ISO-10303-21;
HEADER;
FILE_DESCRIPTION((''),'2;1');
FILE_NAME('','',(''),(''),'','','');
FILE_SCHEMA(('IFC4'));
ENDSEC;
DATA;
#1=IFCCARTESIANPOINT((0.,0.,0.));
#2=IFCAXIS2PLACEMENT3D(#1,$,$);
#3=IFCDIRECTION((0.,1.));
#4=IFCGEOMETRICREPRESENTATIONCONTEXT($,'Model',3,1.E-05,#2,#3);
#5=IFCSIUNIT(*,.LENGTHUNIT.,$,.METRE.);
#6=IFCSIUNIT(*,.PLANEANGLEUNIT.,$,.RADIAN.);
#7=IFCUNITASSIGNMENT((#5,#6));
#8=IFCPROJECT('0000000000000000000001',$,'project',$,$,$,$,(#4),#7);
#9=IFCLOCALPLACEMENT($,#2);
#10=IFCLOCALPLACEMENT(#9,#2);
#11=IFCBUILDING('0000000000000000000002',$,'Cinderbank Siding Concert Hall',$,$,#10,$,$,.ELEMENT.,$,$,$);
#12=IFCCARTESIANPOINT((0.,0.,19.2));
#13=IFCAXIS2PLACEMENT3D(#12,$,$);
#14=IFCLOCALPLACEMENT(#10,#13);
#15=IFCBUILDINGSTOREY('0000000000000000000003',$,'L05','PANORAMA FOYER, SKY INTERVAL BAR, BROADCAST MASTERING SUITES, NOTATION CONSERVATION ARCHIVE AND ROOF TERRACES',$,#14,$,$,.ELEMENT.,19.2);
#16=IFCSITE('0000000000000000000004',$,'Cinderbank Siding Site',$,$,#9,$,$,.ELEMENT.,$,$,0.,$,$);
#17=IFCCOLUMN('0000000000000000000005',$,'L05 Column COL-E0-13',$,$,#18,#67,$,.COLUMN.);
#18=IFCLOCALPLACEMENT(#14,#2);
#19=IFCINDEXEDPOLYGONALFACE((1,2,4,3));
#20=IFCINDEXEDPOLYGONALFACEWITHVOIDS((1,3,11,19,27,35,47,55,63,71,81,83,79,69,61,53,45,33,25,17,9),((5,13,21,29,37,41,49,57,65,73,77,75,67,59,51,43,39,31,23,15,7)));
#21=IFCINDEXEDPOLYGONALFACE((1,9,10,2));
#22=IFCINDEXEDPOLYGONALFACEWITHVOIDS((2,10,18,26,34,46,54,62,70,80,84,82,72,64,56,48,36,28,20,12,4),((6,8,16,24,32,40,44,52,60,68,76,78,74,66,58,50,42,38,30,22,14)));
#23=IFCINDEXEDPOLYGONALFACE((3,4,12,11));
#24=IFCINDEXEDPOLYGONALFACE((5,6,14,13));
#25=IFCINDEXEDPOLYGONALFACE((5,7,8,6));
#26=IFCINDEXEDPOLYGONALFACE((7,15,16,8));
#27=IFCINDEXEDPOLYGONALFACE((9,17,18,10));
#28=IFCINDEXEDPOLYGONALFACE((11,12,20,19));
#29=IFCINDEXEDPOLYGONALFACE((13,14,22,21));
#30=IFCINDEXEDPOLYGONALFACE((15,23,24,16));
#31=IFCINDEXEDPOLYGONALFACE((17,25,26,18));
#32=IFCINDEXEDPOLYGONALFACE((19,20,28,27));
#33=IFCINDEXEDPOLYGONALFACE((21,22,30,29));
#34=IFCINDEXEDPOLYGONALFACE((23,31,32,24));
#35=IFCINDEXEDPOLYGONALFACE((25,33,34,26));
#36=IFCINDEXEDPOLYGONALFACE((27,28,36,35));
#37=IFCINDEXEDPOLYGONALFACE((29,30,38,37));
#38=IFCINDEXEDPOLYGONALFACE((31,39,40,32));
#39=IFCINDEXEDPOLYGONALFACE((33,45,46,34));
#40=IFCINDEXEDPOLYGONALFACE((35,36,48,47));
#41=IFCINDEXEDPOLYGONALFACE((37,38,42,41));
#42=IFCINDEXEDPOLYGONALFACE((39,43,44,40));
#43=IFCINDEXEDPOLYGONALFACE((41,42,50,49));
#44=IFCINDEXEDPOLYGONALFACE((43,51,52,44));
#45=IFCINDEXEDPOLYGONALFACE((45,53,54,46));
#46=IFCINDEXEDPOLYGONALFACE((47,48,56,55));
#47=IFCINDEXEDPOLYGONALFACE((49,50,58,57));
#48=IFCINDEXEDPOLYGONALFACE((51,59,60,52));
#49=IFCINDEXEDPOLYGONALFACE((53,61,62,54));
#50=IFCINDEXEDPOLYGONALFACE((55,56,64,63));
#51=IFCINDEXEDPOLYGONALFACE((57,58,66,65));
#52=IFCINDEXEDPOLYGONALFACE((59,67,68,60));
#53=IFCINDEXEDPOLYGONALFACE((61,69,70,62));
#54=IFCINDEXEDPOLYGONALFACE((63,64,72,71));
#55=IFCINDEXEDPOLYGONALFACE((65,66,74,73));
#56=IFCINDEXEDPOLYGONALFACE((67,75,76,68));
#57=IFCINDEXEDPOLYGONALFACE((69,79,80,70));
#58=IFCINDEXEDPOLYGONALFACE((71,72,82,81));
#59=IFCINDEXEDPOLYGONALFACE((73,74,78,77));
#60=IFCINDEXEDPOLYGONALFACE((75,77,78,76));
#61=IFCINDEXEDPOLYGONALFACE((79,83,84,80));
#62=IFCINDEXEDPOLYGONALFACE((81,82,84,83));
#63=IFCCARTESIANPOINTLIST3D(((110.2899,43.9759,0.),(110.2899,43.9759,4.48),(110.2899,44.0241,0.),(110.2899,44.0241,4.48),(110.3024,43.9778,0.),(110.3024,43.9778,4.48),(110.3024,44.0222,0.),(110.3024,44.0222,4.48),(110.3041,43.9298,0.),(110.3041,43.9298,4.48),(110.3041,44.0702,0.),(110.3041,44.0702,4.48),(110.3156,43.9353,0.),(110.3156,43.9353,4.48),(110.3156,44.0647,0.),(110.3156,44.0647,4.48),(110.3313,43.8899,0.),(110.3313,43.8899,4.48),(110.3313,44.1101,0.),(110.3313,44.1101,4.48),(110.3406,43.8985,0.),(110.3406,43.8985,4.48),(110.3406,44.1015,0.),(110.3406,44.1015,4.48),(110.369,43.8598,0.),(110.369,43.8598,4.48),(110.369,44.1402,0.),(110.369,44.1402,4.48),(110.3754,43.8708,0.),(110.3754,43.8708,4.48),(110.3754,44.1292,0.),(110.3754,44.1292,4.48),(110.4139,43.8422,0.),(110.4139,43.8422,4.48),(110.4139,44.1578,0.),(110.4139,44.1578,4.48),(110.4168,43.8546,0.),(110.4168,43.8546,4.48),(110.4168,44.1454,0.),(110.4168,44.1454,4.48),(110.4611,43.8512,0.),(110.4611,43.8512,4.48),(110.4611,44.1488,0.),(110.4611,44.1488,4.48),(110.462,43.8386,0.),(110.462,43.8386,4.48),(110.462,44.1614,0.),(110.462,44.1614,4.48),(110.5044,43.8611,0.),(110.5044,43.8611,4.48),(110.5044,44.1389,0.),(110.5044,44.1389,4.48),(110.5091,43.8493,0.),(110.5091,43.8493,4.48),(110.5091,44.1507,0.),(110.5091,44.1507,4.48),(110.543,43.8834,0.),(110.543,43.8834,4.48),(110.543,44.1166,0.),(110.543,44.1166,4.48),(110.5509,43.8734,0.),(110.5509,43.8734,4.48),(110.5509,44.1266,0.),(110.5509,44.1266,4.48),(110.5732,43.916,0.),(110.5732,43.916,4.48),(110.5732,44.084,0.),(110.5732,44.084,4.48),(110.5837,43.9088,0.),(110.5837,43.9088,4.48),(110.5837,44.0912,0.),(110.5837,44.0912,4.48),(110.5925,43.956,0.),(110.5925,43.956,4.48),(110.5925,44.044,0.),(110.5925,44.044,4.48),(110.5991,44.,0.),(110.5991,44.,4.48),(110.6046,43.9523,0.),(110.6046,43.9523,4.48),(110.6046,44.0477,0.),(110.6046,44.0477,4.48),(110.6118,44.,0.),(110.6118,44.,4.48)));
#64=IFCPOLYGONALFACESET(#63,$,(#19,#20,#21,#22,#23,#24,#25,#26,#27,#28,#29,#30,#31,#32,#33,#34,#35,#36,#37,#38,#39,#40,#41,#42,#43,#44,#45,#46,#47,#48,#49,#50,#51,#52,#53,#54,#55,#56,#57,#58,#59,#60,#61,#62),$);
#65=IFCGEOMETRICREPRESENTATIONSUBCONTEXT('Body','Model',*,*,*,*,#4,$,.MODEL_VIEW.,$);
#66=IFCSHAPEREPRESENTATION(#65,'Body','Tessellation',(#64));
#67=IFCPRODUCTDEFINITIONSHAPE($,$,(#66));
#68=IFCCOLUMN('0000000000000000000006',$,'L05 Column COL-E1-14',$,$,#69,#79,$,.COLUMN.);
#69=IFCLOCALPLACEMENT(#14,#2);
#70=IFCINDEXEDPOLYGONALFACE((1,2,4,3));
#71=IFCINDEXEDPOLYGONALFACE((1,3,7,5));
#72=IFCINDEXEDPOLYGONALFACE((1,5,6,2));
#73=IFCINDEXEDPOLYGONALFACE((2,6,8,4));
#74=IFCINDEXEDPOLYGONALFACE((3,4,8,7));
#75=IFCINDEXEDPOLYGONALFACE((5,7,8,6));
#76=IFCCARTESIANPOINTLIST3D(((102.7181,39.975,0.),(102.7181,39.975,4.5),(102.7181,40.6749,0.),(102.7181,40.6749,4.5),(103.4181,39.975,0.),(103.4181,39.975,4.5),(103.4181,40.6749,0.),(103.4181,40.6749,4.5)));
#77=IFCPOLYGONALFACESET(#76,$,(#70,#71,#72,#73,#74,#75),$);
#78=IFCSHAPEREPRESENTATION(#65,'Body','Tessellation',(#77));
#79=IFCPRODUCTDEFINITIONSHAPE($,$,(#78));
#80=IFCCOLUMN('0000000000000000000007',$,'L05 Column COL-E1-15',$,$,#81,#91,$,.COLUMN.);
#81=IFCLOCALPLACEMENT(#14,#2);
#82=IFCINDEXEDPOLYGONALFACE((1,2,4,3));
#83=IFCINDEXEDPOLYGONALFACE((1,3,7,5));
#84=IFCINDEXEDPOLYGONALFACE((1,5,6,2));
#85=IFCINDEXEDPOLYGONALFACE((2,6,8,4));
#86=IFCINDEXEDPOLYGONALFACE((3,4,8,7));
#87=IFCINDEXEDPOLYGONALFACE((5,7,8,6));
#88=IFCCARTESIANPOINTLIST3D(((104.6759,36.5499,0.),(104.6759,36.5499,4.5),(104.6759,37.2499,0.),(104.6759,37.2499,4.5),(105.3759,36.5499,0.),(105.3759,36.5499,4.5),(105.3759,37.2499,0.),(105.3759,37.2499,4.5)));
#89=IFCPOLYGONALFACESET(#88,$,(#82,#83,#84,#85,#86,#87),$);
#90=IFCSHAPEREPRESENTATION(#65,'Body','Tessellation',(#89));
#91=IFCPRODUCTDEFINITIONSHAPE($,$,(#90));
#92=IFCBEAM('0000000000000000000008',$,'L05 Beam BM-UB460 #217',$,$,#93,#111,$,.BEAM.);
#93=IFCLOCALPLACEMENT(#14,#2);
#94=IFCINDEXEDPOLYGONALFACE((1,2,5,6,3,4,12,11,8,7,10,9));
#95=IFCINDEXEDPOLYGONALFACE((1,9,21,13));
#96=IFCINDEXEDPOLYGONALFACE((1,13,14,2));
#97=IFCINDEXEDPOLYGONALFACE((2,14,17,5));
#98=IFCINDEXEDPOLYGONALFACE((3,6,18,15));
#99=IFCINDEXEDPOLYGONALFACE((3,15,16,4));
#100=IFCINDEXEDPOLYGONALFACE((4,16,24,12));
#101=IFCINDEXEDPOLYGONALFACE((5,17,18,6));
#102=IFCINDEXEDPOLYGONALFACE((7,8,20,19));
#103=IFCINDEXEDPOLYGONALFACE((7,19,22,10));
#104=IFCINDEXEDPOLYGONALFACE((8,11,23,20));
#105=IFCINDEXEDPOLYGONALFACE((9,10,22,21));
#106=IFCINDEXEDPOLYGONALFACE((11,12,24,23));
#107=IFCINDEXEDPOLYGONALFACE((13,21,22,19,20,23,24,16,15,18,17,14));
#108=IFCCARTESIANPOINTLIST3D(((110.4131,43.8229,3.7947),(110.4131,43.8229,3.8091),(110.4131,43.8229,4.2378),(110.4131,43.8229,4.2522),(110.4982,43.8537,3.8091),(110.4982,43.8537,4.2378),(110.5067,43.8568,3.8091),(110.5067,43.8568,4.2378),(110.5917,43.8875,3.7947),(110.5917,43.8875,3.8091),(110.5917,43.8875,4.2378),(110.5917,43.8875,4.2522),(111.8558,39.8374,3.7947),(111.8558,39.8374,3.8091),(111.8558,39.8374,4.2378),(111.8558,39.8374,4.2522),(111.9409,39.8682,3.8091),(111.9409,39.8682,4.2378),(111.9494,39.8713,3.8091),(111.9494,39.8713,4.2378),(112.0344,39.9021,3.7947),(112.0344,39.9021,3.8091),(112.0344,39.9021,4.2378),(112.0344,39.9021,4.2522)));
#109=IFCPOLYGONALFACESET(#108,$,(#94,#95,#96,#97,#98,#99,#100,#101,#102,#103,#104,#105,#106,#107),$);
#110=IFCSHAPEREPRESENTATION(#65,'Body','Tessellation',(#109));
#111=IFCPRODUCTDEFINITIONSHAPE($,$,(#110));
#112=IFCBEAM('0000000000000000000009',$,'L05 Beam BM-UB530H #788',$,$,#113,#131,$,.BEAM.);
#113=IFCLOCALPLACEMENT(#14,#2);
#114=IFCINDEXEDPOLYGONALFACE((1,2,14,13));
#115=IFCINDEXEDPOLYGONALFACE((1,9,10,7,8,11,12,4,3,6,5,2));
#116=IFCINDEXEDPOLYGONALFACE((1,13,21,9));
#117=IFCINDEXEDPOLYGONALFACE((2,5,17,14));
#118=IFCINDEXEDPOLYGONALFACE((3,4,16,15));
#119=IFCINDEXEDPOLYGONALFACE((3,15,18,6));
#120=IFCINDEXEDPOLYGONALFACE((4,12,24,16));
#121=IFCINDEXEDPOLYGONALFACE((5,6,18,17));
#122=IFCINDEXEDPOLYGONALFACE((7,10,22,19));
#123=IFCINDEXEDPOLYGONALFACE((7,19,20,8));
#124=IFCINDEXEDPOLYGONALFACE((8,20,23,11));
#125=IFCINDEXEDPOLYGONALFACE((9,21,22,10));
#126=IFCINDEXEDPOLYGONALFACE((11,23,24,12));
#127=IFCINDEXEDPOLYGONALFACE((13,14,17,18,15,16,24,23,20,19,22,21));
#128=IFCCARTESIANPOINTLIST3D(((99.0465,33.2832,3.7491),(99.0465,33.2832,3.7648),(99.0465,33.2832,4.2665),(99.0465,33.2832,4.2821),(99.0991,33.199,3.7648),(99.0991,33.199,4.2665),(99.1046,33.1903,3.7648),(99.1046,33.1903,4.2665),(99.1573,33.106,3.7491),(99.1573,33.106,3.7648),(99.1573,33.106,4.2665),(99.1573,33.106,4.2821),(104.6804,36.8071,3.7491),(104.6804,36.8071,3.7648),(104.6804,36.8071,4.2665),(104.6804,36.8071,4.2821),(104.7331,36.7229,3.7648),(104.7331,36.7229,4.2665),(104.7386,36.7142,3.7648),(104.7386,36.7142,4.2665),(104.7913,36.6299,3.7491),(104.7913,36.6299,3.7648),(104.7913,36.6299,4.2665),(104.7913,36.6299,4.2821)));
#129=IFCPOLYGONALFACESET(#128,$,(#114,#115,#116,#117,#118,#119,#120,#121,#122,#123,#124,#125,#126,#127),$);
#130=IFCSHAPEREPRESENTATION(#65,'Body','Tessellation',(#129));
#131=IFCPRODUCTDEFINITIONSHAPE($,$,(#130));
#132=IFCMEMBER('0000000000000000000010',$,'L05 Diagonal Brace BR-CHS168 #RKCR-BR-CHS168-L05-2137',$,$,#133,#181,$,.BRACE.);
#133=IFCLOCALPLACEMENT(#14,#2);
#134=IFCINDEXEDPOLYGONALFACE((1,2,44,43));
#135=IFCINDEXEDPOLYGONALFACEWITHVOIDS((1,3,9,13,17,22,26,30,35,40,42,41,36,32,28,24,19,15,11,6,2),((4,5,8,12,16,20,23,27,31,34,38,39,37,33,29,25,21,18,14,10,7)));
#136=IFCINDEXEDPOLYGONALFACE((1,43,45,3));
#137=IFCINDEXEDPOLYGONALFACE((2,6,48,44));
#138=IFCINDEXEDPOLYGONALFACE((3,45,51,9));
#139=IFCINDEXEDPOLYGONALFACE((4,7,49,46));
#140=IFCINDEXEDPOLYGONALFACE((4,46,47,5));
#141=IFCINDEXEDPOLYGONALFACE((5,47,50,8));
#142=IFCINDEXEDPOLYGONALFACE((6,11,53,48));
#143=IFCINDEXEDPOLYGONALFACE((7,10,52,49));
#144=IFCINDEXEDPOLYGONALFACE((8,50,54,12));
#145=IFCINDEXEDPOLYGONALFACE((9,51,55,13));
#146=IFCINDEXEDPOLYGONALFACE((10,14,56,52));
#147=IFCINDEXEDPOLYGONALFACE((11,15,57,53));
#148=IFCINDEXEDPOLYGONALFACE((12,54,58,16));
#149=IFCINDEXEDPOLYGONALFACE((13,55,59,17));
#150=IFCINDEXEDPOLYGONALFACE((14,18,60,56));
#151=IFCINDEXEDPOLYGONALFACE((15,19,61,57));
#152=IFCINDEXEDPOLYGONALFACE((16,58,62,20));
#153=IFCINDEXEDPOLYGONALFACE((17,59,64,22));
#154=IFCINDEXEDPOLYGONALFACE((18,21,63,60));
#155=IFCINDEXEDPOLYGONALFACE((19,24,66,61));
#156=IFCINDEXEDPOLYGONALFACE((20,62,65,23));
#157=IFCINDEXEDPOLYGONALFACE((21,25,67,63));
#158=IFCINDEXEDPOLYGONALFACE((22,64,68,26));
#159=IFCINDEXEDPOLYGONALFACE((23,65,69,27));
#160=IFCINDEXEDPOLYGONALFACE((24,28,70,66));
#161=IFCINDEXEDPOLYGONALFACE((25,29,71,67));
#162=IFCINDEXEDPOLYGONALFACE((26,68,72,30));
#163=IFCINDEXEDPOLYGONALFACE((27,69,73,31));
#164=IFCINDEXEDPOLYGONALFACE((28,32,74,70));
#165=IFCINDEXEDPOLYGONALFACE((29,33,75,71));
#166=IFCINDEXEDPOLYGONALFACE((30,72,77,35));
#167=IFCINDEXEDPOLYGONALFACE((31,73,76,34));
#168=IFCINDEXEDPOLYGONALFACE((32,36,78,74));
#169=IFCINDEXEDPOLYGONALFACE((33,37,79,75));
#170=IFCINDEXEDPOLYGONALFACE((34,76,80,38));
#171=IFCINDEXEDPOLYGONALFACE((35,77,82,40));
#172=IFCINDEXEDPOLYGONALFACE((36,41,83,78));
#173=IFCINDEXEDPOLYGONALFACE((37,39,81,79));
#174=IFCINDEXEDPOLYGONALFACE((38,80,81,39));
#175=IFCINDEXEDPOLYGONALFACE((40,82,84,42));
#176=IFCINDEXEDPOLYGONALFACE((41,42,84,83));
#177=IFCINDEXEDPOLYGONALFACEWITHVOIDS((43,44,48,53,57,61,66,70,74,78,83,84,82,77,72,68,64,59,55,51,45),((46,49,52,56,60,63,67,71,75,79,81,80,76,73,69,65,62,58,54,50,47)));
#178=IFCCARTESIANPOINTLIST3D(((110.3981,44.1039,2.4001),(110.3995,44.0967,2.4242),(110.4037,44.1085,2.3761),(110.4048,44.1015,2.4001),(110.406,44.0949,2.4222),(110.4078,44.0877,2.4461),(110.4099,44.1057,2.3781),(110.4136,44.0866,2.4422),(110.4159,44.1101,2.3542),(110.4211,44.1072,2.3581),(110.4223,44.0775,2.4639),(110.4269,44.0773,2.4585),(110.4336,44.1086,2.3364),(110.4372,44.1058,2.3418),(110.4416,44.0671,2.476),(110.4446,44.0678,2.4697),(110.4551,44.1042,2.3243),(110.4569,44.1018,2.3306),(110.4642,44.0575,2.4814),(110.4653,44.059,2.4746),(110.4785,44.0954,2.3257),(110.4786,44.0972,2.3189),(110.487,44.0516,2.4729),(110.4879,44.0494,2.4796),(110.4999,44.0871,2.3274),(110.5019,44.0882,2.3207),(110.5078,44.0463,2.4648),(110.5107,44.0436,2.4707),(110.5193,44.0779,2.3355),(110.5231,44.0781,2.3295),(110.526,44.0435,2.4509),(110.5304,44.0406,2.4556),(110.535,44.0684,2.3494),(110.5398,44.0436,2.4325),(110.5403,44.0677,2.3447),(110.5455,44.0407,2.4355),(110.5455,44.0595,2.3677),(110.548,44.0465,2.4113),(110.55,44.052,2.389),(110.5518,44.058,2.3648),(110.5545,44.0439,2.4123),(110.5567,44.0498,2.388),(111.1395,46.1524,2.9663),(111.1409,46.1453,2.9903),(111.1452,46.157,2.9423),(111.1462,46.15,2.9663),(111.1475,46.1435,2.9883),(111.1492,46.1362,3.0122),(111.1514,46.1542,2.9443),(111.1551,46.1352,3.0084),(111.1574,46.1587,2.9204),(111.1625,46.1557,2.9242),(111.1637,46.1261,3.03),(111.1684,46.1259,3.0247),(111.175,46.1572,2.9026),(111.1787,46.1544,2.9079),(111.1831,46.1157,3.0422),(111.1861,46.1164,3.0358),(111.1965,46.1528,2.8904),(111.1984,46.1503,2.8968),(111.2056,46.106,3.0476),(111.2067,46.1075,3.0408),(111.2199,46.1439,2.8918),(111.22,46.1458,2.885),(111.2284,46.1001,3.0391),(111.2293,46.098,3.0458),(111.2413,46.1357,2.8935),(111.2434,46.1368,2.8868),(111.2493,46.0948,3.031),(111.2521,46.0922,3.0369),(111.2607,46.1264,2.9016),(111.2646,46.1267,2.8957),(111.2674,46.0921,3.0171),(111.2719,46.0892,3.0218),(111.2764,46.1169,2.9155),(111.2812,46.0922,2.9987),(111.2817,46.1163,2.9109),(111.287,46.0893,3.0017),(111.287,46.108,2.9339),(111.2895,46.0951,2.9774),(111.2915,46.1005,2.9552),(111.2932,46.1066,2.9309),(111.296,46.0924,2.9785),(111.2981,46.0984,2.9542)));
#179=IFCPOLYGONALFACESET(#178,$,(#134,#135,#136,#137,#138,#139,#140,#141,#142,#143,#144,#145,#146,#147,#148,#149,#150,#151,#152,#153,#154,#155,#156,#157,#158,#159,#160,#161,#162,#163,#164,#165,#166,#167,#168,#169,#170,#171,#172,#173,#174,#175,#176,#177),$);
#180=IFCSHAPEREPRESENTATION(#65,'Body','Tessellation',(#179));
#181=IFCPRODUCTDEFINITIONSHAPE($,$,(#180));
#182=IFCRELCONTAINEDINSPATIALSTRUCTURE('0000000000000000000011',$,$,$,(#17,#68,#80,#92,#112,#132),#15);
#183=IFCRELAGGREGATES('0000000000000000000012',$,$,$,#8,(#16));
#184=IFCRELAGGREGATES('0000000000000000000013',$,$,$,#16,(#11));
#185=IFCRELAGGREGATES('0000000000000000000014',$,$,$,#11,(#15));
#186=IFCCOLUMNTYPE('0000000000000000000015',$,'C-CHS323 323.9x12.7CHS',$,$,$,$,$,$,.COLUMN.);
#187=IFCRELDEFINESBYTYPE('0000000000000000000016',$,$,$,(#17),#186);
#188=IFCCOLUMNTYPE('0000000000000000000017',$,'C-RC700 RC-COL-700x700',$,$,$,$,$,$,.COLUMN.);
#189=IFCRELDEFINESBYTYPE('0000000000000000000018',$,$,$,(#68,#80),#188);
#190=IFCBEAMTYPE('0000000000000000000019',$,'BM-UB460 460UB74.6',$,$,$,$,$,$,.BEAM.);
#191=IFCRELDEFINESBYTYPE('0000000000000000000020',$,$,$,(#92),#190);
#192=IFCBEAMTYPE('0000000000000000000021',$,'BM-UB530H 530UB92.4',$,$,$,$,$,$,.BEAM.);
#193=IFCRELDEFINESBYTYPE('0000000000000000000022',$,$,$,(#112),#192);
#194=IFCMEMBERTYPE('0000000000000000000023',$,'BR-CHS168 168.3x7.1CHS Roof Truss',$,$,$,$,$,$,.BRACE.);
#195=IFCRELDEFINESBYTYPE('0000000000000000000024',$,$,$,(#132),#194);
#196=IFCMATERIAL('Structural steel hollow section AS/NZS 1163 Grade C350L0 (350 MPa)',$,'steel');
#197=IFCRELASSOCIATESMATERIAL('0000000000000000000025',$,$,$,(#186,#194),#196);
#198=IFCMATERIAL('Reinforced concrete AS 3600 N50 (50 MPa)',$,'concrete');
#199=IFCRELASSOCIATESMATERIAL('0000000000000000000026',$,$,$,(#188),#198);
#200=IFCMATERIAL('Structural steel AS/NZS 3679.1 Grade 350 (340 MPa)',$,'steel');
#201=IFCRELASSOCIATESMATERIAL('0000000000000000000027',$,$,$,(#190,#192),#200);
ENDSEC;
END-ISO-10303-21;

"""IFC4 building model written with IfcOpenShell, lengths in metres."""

from ifc_helpers import new_model, si_unit, direction, frame, origin, origin_2d, place, context, subcontext, project, spatial, rectangle, hollow_circle, i_section, extrude, material, material_profile, profile_set, type_object, element, save


model = new_model("IFC4")

# Units and contexts
model_context = context("Model", 3, precision=1e-05, world=origin(), true_north=direction((0.0, 1.0)))
body_context = subcontext(model_context, "Body", "Model", "MODEL_VIEW")
ifc_project = project(units=[si_unit("LENGTHUNIT", "METRE"), si_unit("PLANEANGLEUNIT", "RADIAN")], contexts=[model_context])

# Site, building, storey
site_placement = place(None, origin())
site = spatial("IfcSite", under=ifc_project, at=site_placement, Name="Cinderbank Siding Site", CompositionType="ELEMENT", RefElevation=0.0)
building_placement = place(site_placement, origin())
building = spatial("IfcBuilding", under=site, at=building_placement, Name="Cinderbank Siding Concert Hall", CompositionType="ELEMENT")
storey_placement = place(building_placement, frame((0.0, 0.0, 19.2)))
storey = spatial("IfcBuildingStorey", under=building, at=storey_placement, Name="L05", Description="PANORAMA FOYER, SKY INTERVAL BAR, BROADCAST MASTERING SUITES, NOTATION CONSERVATION ARCHIVE AND ROOF TERRACES", CompositionType="ELEMENT", Elevation=19.2)

# Columns
ifc_material_1 = material(Name="Structural steel hollow section AS/NZS 1163 Grade C350L0 (350 MPa)", Category="steel")
ifc_material_profile_1 = material_profile(ifc_material_1, hollow_circle(Radius=0.1619, WallThickness=0.0127, at=origin_2d()), Name="323.9x12.7CHS", Category="LoadBearing")
ifc_profile_set_1 = profile_set([ifc_material_profile_1], Name="Structural steel hollow section AS/NZS 1163 Grade C350L0 (350 MPa)")
column_type_1 = type_object("IfcColumnType", Name="C-CHS323 323.9x12.7CHS", PredefinedType="COLUMN", material=ifc_profile_set_1)
column_placement = place(storey_placement, frame((110.45, 44.0, 0.0), z_axis=(0.0, 0.0, 1.0), x_axis=(1.0, 0.0, 0.0)))
element("IfcColumn", 1, at=column_placement, inside=storey, type_object=column_type_1, Name="L05 Column COL-E0-13", PredefinedType="COLUMN", context=body_context, shape_type="SweptSolid", body=[
    extrude(hollow_circle(Radius=0.1619, WallThickness=0.0127, at=origin_2d()), origin(), (0.0, 0.0, 1.0), 4.48),
])
ifc_material_2 = material(Name="Reinforced concrete AS 3600 N50 (50 MPa)", Category="concrete")
ifc_material_profile_2 = material_profile(ifc_material_2, rectangle(XDim=0.7, YDim=0.7, at=origin_2d()), Name="RC-COL-700x700", Category="LoadBearing")
ifc_profile_set_2 = profile_set([ifc_material_profile_2], Name="Reinforced concrete AS 3600 N50 (50 MPa)")
column_type_2 = type_object("IfcColumnType", Name="C-RC700 RC-COL-700x700", PredefinedType="COLUMN", material=ifc_profile_set_2)
for number, where, z_axis, x_axis, name in (
    (2, (103.0681, 40.325, 0.0), (0.0, 0.0, 1.0), (1.0, 0.0, 0.0), "L05 Column COL-E1-14"),
    (3, (105.0259, 36.8999, 0.0), (0.0, 0.0, 1.0), (1.0, 0.0, 0.0), "L05 Column COL-E1-15"),
):
    element("IfcColumn", number, at=place(storey_placement, frame(where, z_axis=z_axis, x_axis=x_axis)), inside=storey, type_object=column_type_2, Name=name, PredefinedType="COLUMN", context=body_context, shape_type="SweptSolid", body=[
        extrude(rectangle(XDim=0.7, YDim=0.7, at=origin_2d()), origin(), (0.0, 0.0, 1.0), 4.5),
    ])

# Beams
ifc_material_3 = material(Name="Structural steel AS/NZS 3679.1 Grade 350 (340 MPa)", Category="steel")
ifc_material_profile_3 = material_profile(ifc_material_3, i_section(OverallWidth=0.1899, OverallDepth=0.4575, WebThickness=0.009, FlangeThickness=0.0144, at=origin_2d()), Name="460UB74.6", Category="LoadBearing")
ifc_profile_set_3 = profile_set([ifc_material_profile_3], Name="Structural steel AS/NZS 3679.1 Grade 350 (340 MPa)")
beam_type_1 = type_object("IfcBeamType", Name="BM-UB460 460UB74.6", PredefinedType="BEAM", material=ifc_profile_set_3)
beam_1_placement = place(storey_placement, frame((110.5024, 43.8552, 4.0234), z_axis=(0.340369, -0.940292, 0.0), x_axis=(0.940292, 0.340369, 0.0)))
element("IfcBeam", 4, at=beam_1_placement, inside=storey, type_object=beam_type_1, Name="L05 Beam BM-UB460 #217", PredefinedType="BEAM", context=body_context, shape_type="SweptSolid", body=[
    extrude(i_section(OverallWidth=0.1899, OverallDepth=0.4575, WebThickness=0.009, FlangeThickness=0.0144, at=origin_2d()), origin(), (0.0, 0.0, 1.0), 4.2385),
])
ifc_material_profile_4 = material_profile(ifc_material_3, i_section(OverallWidth=0.209, OverallDepth=0.533, WebThickness=0.0103, FlangeThickness=0.0156, at=origin_2d()), Name="530UB92.4", Category="LoadBearing")
ifc_profile_set_4 = profile_set([ifc_material_profile_4], Name="Structural steel AS/NZS 3679.1 Grade 350 (340 MPa)")
beam_type_2 = type_object("IfcBeamType", Name="BM-UB530H 530UB92.4", PredefinedType="BEAM", material=ifc_profile_set_4)
beam_2_placement = place(storey_placement, frame((104.7358, 36.7185, 4.0156), z_axis=(-0.847819, -0.530286, 0.0), x_axis=(0.530286, -0.847819, 0.0)))
element("IfcBeam", 5, at=beam_2_placement, inside=storey, type_object=beam_type_2, Name="L05 Beam BM-UB530H #788", PredefinedType="BEAM", context=body_context, shape_type="SweptSolid", body=[
    extrude(i_section(OverallWidth=0.209, OverallDepth=0.533, WebThickness=0.0103, FlangeThickness=0.0156, at=origin_2d()), origin(), (0.0, 0.0, 1.0), 6.6453),
])

# Member
ifc_material_profile_5 = material_profile(ifc_material_1, hollow_circle(Radius=0.0842, WallThickness=0.0071, at=origin_2d()), Name="168.3x7.1CHS", Category="LoadBearing")
ifc_profile_set_5 = profile_set([ifc_material_profile_5], Name="Structural steel hollow section AS/NZS 1163 Grade C350L0 (350 MPa)")
member_type_1 = type_object("IfcMemberType", Name="BR-CHS168 168.3x7.1CHS Roof Truss", PredefinedType="BRACE", material=ifc_profile_set_5)
member_1_placement = place(storey_placement, frame((110.4773, 44.0752, 2.4001), z_axis=(0.32939, 0.910078, 0.251516), x_axis=(-0.940306, 0.34033, 0.0)))
element("IfcMember", 6, at=member_1_placement, inside=storey, type_object=member_type_1, Name="L05 Diagonal Brace BR-CHS168 #RKCR-BR-CHS168-L05-2137", PredefinedType="BRACE", context=body_context, shape_type="SweptSolid", body=[
    extrude(hollow_circle(Radius=0.0842, WallThickness=0.0071, at=origin_2d()), origin(), (0.0, 0.0, 1.0), 2.251),
])

save(model, "model.ifc")
